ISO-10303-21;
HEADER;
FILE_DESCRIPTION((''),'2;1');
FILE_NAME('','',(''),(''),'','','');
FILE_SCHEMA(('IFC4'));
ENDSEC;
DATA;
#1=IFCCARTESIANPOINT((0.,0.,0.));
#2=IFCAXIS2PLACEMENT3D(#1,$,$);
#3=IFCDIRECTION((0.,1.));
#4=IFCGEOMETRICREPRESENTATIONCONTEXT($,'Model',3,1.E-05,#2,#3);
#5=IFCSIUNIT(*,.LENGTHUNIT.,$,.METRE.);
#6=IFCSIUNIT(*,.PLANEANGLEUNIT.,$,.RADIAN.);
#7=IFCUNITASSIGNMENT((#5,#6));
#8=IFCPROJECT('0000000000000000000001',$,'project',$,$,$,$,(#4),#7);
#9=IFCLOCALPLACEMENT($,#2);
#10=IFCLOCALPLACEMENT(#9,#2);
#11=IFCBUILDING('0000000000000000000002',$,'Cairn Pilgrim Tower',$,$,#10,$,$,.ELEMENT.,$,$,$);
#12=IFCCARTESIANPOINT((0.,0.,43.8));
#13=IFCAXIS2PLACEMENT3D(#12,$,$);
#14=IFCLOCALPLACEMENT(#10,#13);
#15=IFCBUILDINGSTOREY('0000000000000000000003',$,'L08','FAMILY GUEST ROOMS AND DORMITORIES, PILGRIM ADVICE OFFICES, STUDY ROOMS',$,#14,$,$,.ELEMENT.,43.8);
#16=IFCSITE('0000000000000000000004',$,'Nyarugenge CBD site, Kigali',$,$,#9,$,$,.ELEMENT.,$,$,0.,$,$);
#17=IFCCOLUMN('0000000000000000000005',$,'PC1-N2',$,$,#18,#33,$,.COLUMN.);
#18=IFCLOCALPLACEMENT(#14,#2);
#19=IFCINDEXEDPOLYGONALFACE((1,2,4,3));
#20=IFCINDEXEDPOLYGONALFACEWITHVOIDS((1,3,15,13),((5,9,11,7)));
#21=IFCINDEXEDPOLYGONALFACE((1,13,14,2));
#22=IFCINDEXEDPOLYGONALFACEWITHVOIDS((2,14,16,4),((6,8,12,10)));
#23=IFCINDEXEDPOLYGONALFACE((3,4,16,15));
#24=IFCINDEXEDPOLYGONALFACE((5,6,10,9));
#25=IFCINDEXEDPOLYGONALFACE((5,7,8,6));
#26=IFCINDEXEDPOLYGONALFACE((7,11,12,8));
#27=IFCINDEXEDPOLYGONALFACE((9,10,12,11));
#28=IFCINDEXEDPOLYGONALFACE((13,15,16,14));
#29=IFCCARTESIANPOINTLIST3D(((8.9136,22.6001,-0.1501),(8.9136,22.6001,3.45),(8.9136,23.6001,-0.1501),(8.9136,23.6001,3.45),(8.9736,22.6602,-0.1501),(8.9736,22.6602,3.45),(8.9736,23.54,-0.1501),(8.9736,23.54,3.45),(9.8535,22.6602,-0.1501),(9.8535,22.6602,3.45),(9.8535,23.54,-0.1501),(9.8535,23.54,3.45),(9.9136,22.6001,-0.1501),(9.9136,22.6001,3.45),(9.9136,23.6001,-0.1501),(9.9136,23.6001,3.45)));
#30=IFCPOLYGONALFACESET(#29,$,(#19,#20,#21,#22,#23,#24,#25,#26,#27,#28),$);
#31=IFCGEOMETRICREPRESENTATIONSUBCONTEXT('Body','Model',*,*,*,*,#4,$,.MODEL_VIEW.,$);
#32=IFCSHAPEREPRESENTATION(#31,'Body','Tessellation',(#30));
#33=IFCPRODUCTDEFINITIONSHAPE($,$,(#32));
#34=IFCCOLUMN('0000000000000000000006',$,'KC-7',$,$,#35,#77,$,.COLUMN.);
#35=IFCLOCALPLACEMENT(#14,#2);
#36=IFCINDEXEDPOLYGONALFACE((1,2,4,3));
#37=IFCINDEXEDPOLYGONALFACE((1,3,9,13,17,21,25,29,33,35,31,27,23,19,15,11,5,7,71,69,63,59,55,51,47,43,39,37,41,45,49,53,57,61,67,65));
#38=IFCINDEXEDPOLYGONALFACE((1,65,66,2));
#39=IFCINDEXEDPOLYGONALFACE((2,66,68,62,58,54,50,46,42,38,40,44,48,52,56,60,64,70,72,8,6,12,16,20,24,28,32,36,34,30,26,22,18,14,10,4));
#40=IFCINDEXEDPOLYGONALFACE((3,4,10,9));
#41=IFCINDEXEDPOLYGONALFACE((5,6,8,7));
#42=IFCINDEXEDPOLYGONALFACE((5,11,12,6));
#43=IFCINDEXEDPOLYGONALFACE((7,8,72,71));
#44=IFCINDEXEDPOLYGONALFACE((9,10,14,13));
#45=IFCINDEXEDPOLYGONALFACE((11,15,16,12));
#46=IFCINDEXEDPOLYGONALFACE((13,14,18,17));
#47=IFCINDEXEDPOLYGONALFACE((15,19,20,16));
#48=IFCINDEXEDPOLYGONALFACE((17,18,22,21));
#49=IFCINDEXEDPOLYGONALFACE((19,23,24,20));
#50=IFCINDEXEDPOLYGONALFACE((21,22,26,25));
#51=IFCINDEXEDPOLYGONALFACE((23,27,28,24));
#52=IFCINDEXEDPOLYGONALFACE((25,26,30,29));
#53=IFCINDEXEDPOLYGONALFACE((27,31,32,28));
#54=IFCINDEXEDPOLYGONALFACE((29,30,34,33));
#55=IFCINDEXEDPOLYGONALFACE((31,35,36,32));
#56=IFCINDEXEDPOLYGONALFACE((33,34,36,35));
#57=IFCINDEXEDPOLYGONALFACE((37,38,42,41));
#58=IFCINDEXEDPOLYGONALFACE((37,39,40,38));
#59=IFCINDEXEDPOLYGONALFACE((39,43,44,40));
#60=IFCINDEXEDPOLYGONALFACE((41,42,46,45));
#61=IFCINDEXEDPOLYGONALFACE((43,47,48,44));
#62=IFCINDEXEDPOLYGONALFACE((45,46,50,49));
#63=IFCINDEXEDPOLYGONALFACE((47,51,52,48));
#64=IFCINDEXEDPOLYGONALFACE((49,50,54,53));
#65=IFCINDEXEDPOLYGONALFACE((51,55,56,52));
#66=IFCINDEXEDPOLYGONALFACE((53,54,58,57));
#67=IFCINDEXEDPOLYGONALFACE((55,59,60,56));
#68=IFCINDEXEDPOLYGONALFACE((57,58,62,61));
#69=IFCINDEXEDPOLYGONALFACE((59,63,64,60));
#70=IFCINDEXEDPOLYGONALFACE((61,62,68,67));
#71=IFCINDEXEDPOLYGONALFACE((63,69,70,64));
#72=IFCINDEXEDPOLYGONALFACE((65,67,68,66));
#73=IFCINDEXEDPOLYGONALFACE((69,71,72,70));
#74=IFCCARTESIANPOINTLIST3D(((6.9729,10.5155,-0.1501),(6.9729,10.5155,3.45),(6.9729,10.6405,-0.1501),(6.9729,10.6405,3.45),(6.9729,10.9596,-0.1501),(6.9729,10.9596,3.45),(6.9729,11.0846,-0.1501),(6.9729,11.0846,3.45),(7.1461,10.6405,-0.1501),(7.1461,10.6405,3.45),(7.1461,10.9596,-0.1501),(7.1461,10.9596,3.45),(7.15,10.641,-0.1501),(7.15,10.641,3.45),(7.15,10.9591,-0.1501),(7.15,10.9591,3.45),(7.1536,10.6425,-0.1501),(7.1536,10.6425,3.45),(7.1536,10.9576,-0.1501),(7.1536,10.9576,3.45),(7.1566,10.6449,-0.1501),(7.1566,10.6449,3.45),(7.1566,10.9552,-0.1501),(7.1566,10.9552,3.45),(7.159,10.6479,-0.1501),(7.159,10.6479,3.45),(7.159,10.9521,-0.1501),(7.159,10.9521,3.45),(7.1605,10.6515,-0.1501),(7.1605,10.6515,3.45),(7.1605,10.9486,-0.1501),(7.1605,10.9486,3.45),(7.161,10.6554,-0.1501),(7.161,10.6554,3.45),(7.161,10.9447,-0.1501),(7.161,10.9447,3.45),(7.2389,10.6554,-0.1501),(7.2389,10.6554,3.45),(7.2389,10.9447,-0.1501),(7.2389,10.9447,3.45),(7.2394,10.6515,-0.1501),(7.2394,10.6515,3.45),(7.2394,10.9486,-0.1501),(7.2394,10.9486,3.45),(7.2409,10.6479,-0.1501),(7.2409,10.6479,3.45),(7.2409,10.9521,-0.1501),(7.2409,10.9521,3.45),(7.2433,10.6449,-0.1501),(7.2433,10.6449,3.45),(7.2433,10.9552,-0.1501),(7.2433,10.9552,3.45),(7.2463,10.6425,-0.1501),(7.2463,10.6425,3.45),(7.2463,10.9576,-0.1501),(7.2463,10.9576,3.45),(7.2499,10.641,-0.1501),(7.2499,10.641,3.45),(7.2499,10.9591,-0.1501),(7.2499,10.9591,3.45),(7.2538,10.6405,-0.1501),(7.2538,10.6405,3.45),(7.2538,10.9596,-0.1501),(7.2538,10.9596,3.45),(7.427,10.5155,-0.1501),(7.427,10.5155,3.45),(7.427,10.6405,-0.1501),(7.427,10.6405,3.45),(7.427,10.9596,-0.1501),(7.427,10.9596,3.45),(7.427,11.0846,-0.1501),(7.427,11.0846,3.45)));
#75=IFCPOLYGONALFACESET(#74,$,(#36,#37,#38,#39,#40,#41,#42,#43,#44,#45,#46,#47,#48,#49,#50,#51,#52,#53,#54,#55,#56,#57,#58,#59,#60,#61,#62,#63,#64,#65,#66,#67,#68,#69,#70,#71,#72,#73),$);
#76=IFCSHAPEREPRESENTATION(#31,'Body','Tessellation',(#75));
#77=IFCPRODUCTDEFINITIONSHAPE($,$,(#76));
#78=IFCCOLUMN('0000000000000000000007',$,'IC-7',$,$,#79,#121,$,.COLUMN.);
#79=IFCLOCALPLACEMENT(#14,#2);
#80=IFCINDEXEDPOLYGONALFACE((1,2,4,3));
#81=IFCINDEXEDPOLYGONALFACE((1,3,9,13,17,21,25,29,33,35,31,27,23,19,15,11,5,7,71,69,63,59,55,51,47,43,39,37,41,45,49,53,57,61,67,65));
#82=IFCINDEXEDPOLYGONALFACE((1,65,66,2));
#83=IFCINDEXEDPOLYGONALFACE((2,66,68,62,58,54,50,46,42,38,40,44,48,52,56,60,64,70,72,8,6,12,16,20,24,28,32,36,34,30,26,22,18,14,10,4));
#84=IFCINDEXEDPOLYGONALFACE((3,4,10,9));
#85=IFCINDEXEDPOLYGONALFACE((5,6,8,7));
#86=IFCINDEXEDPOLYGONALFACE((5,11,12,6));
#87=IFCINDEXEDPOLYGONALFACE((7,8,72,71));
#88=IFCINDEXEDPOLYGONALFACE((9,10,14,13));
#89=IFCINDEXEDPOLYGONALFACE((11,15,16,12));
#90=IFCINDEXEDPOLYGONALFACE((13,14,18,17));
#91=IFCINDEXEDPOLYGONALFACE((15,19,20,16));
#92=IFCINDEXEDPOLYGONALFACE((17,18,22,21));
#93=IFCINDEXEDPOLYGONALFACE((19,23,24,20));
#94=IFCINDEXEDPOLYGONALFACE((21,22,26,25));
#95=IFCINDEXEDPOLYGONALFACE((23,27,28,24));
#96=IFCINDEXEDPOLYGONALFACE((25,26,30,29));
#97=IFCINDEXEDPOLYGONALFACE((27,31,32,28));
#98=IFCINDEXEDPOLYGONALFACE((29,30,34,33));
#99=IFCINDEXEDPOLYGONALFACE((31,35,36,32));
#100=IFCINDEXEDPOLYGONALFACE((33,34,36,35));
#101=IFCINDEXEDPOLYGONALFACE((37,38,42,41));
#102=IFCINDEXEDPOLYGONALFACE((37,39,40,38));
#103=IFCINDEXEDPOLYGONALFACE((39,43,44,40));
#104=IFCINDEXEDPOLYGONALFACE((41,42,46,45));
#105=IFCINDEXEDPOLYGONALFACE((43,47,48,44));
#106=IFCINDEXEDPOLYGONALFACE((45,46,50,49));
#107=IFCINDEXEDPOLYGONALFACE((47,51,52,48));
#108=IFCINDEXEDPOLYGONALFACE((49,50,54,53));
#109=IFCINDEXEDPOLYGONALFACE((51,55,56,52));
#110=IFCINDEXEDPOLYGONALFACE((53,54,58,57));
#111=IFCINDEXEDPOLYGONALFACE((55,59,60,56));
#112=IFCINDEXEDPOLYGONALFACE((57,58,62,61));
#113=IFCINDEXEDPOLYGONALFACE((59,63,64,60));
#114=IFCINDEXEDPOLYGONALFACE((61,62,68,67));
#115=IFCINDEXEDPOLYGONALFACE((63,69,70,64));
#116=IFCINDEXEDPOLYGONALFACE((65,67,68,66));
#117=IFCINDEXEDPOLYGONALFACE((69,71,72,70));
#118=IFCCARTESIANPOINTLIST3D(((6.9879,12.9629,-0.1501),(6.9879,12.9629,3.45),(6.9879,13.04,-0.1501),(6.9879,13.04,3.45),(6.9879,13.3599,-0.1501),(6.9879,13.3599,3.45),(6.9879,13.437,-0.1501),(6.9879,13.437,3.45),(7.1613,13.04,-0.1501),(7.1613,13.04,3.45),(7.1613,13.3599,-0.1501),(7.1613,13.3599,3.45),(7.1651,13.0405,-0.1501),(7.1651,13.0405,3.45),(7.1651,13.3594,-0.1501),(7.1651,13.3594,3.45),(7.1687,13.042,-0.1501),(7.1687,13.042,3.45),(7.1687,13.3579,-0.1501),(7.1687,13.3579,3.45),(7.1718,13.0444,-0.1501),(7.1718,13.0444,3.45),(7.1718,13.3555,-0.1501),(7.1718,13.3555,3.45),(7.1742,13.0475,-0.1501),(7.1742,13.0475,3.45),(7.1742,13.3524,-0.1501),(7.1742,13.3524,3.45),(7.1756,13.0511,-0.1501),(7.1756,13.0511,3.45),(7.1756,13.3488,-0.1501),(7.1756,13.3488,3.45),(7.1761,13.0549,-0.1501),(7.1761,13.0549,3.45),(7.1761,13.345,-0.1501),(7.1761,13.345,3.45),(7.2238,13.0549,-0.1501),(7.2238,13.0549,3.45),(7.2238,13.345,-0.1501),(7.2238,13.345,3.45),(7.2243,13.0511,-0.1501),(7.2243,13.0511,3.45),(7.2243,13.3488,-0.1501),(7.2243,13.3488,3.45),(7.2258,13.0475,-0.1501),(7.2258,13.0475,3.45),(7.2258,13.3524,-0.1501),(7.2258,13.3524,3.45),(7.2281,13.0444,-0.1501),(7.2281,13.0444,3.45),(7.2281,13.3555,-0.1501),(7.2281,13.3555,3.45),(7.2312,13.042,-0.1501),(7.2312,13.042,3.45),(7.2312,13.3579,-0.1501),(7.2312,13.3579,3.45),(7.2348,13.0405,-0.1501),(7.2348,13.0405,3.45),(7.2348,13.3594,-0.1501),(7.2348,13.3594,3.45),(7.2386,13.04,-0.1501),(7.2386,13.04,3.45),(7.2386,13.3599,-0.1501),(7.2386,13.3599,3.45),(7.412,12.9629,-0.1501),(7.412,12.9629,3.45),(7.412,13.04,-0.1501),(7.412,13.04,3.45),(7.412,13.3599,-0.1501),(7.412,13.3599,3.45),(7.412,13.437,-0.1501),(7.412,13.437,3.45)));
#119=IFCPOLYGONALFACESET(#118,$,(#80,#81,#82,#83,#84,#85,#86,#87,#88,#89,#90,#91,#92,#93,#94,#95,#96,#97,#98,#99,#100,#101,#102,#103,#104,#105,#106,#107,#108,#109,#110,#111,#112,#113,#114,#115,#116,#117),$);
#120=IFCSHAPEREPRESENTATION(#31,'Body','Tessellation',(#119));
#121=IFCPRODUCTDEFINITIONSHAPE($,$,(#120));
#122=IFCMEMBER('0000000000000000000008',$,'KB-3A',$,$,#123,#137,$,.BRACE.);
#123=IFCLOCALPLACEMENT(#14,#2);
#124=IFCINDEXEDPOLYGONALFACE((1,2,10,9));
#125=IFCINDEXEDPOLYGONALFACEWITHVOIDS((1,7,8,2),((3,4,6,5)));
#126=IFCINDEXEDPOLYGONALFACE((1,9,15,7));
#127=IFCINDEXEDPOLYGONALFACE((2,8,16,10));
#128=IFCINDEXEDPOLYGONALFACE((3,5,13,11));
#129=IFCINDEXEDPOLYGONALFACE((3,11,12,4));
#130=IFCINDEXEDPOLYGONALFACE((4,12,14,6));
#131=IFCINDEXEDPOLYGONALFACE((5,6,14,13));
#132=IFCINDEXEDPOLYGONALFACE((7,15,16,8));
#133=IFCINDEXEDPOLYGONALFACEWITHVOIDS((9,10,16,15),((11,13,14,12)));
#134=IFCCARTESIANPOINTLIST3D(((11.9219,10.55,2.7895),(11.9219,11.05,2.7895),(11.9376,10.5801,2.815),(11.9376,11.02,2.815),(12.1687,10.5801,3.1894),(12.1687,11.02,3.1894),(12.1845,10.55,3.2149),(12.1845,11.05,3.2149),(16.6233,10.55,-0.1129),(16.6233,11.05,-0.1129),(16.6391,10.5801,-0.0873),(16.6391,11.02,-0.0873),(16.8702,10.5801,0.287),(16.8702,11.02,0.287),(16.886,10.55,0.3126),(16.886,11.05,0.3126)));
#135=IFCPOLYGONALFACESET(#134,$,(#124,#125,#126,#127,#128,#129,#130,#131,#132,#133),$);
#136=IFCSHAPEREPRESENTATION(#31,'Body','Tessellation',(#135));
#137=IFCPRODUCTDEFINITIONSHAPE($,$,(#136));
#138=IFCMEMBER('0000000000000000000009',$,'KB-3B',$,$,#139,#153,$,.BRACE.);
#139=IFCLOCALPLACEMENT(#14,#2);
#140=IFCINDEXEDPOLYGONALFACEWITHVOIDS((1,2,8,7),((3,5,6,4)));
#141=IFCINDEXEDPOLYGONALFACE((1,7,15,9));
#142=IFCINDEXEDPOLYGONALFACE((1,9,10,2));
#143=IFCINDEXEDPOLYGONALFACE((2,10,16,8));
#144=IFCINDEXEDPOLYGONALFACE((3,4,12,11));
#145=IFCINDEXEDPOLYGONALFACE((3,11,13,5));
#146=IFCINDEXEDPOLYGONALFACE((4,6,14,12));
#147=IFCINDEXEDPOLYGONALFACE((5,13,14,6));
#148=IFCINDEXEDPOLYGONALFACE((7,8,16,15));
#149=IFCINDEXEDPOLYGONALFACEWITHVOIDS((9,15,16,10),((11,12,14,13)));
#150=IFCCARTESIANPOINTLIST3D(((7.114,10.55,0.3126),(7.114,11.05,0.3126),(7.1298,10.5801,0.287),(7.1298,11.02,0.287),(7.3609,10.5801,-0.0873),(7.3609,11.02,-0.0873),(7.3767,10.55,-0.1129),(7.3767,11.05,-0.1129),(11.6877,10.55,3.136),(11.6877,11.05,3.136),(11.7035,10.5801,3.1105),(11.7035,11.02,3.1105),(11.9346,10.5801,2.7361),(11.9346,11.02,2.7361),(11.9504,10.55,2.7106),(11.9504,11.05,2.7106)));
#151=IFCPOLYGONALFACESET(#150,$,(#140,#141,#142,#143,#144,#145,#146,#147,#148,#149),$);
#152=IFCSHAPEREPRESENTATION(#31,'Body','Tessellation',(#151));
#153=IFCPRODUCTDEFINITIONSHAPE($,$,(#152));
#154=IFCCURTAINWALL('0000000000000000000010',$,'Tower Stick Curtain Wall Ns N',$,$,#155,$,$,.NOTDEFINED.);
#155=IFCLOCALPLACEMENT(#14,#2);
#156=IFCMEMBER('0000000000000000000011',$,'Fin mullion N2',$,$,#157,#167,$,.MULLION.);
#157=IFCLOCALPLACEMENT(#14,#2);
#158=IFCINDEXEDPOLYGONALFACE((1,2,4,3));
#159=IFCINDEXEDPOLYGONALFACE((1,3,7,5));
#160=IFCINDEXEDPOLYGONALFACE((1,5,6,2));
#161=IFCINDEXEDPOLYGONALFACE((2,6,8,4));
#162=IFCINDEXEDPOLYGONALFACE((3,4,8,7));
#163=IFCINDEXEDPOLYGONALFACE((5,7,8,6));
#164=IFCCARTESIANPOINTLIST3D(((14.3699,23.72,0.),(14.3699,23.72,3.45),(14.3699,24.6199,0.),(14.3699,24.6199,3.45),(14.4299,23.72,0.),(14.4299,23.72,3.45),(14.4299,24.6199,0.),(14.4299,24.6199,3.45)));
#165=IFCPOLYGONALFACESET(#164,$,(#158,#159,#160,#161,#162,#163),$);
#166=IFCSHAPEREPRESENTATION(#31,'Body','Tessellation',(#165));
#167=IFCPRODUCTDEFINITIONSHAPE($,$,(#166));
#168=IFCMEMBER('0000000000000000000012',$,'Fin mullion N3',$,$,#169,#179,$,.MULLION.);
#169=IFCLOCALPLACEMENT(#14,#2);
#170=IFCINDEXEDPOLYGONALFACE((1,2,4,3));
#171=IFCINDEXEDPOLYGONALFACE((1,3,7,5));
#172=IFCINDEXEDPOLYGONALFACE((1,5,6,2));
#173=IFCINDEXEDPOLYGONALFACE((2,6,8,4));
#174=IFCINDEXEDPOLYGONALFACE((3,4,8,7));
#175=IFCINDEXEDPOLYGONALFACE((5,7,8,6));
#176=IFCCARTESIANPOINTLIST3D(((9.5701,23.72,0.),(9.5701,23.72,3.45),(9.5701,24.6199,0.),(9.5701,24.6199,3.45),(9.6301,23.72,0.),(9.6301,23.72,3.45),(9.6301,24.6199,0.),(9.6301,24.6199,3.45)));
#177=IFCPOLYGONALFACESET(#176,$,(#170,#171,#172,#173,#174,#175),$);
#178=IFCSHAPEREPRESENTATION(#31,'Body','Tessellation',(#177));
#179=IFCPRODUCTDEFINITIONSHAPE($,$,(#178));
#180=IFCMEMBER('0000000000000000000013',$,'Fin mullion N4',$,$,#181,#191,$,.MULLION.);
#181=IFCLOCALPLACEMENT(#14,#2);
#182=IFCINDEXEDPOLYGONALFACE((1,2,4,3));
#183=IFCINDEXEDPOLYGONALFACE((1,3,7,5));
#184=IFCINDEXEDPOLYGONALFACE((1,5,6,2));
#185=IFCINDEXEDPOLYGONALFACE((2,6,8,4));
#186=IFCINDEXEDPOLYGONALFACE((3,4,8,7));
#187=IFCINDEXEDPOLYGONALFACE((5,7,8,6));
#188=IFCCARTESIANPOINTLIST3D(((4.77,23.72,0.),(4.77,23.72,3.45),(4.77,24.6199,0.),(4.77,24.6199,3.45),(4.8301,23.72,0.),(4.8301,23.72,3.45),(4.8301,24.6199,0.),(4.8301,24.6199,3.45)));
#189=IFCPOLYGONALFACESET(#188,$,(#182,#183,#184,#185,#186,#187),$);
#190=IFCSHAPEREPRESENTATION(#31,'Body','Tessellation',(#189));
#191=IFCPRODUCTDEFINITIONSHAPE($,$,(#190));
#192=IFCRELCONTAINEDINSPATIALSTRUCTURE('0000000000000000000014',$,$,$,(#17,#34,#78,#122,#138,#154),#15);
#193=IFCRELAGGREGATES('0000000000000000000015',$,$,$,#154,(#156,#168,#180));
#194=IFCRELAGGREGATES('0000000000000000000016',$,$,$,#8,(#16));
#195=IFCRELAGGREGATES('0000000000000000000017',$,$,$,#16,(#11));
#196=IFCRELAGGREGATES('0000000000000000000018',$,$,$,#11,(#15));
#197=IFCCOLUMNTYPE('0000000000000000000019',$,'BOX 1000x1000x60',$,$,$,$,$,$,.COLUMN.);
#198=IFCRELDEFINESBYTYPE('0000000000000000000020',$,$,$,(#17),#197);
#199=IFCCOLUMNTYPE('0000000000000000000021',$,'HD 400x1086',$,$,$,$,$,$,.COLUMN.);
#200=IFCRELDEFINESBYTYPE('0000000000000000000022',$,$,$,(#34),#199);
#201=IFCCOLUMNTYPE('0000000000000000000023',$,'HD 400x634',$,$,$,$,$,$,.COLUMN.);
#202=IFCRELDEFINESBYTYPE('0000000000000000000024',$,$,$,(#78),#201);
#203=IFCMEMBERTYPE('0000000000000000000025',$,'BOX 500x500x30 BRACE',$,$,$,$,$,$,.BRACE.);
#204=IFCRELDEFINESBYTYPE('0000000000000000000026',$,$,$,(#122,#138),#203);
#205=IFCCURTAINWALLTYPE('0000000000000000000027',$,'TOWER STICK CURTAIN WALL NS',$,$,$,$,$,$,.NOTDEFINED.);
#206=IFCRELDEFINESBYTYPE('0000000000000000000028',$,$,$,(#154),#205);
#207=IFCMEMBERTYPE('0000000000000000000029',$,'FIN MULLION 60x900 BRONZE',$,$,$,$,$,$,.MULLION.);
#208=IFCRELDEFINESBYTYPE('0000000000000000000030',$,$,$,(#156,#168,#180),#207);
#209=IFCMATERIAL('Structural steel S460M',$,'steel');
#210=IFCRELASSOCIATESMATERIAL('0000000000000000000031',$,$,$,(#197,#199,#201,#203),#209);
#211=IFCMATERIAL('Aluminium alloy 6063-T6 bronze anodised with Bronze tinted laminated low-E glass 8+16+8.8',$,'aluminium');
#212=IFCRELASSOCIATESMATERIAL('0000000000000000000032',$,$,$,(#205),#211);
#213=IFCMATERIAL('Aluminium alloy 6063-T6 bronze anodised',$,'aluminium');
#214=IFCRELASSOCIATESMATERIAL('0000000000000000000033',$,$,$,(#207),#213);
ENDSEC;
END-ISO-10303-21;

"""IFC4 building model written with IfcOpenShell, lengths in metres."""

from ifc_helpers import new_model, si_unit, direction, frame, origin, origin_2d, place, context, subcontext, project, spatial, rectangle, hollow_rectangle, i_section, extrude, material, material_profile, profile_set, type_object, element, aggregate, save


model = new_model("IFC4")

# Units and contexts
model_context = context("Model", 3, precision=1e-05, world=origin(), true_north=direction((0.0, 1.0)))
body_context = subcontext(model_context, "Body", "Model", "MODEL_VIEW")
ifc_project = project(units=[si_unit("LENGTHUNIT", "METRE"), si_unit("PLANEANGLEUNIT", "RADIAN")], contexts=[model_context])

# Site, building, storey
site_placement = place(None, origin())
site = spatial("IfcSite", under=ifc_project, at=site_placement, Name="Nyarugenge CBD site, Kigali", CompositionType="ELEMENT", RefElevation=0.0)
building_placement = place(site_placement, origin())
building = spatial("IfcBuilding", under=site, at=building_placement, Name="Cairn Pilgrim Tower", CompositionType="ELEMENT")
storey_placement = place(building_placement, frame((0.0, 0.0, 43.8)))
storey = spatial("IfcBuildingStorey", under=building, at=storey_placement, Name="L08", Description="FAMILY GUEST ROOMS AND DORMITORIES, PILGRIM ADVICE OFFICES, STUDY ROOMS", CompositionType="ELEMENT", Elevation=43.8)

# Columns
ifc_material_1 = material(Name="Structural steel S460M", Category="steel")
ifc_material_profile_1 = material_profile(ifc_material_1, hollow_rectangle(XDim=1.0, YDim=1.0, WallThickness=0.0601, at=origin_2d()), Name="BOX 1000x1000x60")
ifc_profile_set_1 = profile_set([ifc_material_profile_1], Name="Structural steel S460M")
column_type_1 = type_object("IfcColumnType", Name="BOX 1000x1000x60", PredefinedType="COLUMN", material=ifc_profile_set_1)
column_1_placement = place(storey_placement, frame((9.4136, 23.1001, -0.1501), z_axis=(0.0, 0.0, 1.0), x_axis=(1.0, 0.0, 0.0)))
element("IfcColumn", 1, at=column_1_placement, inside=storey, type_object=column_type_1, Name="PC1-N2", PredefinedType="COLUMN", context=body_context, shape_type="SweptSolid", body=[
    extrude(hollow_rectangle(XDim=1.0, YDim=1.0, WallThickness=0.0601, at=origin_2d()), origin(), (0.0, 0.0, 1.0), 3.6001),
])
ifc_material_profile_2 = material_profile(ifc_material_1, i_section(OverallWidth=0.4541, OverallDepth=0.5691, WebThickness=0.0779, FlangeThickness=0.125, FilletRadius=0.0149, at=origin_2d()), Name="HD 400x1086")
ifc_profile_set_2 = profile_set([ifc_material_profile_2], Name="Structural steel S460M")
column_type_2 = type_object("IfcColumnType", Name="HD 400x1086", PredefinedType="COLUMN", material=ifc_profile_set_2)
column_2_placement = place(storey_placement, frame((7.2, 10.8, -0.1501), z_axis=(0.0, 0.0, 1.0), x_axis=(1.0, 0.0, 0.0)))
element("IfcColumn", 2, at=column_2_placement, inside=storey, type_object=column_type_2, Name="KC-7", PredefinedType="COLUMN", context=body_context, shape_type="SweptSolid", body=[
    extrude(i_section(OverallWidth=0.4541, OverallDepth=0.5691, WebThickness=0.0779, FlangeThickness=0.125, FilletRadius=0.0149, at=origin_2d()), origin(), (0.0, 0.0, 1.0), 3.6001),
])
ifc_material_profile_3 = material_profile(ifc_material_1, i_section(OverallWidth=0.4241, OverallDepth=0.4741, WebThickness=0.0476, FlangeThickness=0.0771, FilletRadius=0.0149, at=origin_2d()), Name="HD 400x634")
ifc_profile_set_3 = profile_set([ifc_material_profile_3], Name="Structural steel S460M")
column_type_3 = type_object("IfcColumnType", Name="HD 400x634", PredefinedType="COLUMN", material=ifc_profile_set_3)
column_3_placement = place(storey_placement, frame((7.2, 13.2, -0.1501), z_axis=(0.0, 0.0, 1.0), x_axis=(1.0, 0.0, 0.0)))
element("IfcColumn", 3, at=column_3_placement, inside=storey, type_object=column_type_3, Name="IC-7", PredefinedType="COLUMN", context=body_context, shape_type="SweptSolid", body=[
    extrude(i_section(OverallWidth=0.4241, OverallDepth=0.4741, WebThickness=0.0476, FlangeThickness=0.0771, FilletRadius=0.0149, at=origin_2d()), origin(), (0.0, 0.0, 1.0), 3.6001),
])

# Members
ifc_material_profile_4 = material_profile(ifc_material_1, hollow_rectangle(XDim=0.5, YDim=0.5, WallThickness=0.03, at=origin_2d()), Name="BOX 500x500x30")
ifc_profile_set_4 = profile_set([ifc_material_profile_4], Name="Structural steel S460M")
member_type_1 = type_object("IfcMemberType", Name="BOX 500x500x30 BRACE", PredefinedType="BRACE", material=ifc_profile_set_4)
member_1_placement = place(storey_placement, frame((16.7546, 10.8, 0.0999), z_axis=(-0.850917, 0.0, 0.5253), x_axis=(0.0, -1.0, 0.0)))
element("IfcMember", 4, at=member_1_placement, inside=storey, type_object=member_type_1, Name="KB-3A", PredefinedType="BRACE", context=body_context, shape_type="SweptSolid", body=[
    extrude(hollow_rectangle(XDim=0.5, YDim=0.5, WallThickness=0.03, at=origin_2d()), origin(), (0.0, 0.0, 1.0), 5.5251),
])
member_2_placement = place(storey_placement, frame((7.2454, 10.8, 0.0999), z_axis=(0.85092, 0.0, 0.525296), x_axis=(0.0, 1.0, 0.0)))
element("IfcMember", 5, at=member_2_placement, inside=storey, type_object=member_type_1, Name="KB-3B", PredefinedType="BRACE", context=body_context, shape_type="SweptSolid", body=[
    extrude(hollow_rectangle(XDim=0.5, YDim=0.5, WallThickness=0.03, at=origin_2d()), origin(), (0.0, 0.0, 1.0), 5.375),
])

# Curtain wall, members
ifc_material_2 = material(Name="Aluminium alloy 6063-T6 bronze anodised with Bronze tinted laminated low-E glass 8+16+8.8", Category="aluminium")
curtain_wall_type = type_object("IfcCurtainWallType", Name="TOWER STICK CURTAIN WALL NS", PredefinedType="NOTDEFINED", material=ifc_material_2)
curtain_wall_placement = place(storey_placement, origin())
curtain_wall = element("IfcCurtainWall", 6, at=curtain_wall_placement, inside=storey, type_object=curtain_wall_type, Name="Tower Stick Curtain Wall Ns N", PredefinedType="NOTDEFINED")
ifc_material_3 = material(Name="Aluminium alloy 6063-T6 bronze anodised", Category="aluminium")
ifc_material_profile_5 = material_profile(ifc_material_3, rectangle(XDim=0.8999, YDim=0.0601, at=origin_2d()), Name="FIN MULLION 60x900 BRONZE")
ifc_profile_set_5 = profile_set([ifc_material_profile_5], Name="Aluminium alloy 6063-T6 bronze anodised")
member_type_2 = type_object("IfcMemberType", Name="FIN MULLION 60x900 BRONZE", PredefinedType="MULLION", material=ifc_profile_set_5)
member_3_placement = place(storey_placement, frame((14.3999, 24.1699, 0.0), z_axis=(0.0, 0.0, 1.0), x_axis=(0.0, 1.0, 0.0)))
member_3 = element("IfcMember", 7, at=member_3_placement, type_object=member_type_2, Name="Fin mullion N2", PredefinedType="MULLION", context=body_context, shape_type="SweptSolid", body=[
    extrude(rectangle(XDim=0.8999, YDim=0.0601, at=origin_2d()), origin(), (0.0, 0.0, 1.0), 3.45),
])
member_4_placement = place(storey_placement, frame((9.6001, 24.1699, 0.0), z_axis=(0.0, 0.0, 1.0), x_axis=(0.0, 1.0, 0.0)))
member_4 = element("IfcMember", 8, at=member_4_placement, type_object=member_type_2, Name="Fin mullion N3", PredefinedType="MULLION", context=body_context, shape_type="SweptSolid", body=[
    extrude(rectangle(XDim=0.8999, YDim=0.0601, at=origin_2d()), origin(), (0.0, 0.0, 1.0), 3.45),
])
member_5_placement = place(storey_placement, frame((4.8, 24.1699, 0.0), z_axis=(0.0, 0.0, 1.0), x_axis=(0.0, 1.0, 0.0)))
member_5 = element("IfcMember", 9, at=member_5_placement, type_object=member_type_2, Name="Fin mullion N4", PredefinedType="MULLION", context=body_context, shape_type="SweptSolid", body=[
    extrude(rectangle(XDim=0.8999, YDim=0.0601, at=origin_2d()), origin(), (0.0, 0.0, 1.0), 3.45),
])

aggregate(curtain_wall, [member_3, member_4, member_5])

save(model, "model.ifc")
